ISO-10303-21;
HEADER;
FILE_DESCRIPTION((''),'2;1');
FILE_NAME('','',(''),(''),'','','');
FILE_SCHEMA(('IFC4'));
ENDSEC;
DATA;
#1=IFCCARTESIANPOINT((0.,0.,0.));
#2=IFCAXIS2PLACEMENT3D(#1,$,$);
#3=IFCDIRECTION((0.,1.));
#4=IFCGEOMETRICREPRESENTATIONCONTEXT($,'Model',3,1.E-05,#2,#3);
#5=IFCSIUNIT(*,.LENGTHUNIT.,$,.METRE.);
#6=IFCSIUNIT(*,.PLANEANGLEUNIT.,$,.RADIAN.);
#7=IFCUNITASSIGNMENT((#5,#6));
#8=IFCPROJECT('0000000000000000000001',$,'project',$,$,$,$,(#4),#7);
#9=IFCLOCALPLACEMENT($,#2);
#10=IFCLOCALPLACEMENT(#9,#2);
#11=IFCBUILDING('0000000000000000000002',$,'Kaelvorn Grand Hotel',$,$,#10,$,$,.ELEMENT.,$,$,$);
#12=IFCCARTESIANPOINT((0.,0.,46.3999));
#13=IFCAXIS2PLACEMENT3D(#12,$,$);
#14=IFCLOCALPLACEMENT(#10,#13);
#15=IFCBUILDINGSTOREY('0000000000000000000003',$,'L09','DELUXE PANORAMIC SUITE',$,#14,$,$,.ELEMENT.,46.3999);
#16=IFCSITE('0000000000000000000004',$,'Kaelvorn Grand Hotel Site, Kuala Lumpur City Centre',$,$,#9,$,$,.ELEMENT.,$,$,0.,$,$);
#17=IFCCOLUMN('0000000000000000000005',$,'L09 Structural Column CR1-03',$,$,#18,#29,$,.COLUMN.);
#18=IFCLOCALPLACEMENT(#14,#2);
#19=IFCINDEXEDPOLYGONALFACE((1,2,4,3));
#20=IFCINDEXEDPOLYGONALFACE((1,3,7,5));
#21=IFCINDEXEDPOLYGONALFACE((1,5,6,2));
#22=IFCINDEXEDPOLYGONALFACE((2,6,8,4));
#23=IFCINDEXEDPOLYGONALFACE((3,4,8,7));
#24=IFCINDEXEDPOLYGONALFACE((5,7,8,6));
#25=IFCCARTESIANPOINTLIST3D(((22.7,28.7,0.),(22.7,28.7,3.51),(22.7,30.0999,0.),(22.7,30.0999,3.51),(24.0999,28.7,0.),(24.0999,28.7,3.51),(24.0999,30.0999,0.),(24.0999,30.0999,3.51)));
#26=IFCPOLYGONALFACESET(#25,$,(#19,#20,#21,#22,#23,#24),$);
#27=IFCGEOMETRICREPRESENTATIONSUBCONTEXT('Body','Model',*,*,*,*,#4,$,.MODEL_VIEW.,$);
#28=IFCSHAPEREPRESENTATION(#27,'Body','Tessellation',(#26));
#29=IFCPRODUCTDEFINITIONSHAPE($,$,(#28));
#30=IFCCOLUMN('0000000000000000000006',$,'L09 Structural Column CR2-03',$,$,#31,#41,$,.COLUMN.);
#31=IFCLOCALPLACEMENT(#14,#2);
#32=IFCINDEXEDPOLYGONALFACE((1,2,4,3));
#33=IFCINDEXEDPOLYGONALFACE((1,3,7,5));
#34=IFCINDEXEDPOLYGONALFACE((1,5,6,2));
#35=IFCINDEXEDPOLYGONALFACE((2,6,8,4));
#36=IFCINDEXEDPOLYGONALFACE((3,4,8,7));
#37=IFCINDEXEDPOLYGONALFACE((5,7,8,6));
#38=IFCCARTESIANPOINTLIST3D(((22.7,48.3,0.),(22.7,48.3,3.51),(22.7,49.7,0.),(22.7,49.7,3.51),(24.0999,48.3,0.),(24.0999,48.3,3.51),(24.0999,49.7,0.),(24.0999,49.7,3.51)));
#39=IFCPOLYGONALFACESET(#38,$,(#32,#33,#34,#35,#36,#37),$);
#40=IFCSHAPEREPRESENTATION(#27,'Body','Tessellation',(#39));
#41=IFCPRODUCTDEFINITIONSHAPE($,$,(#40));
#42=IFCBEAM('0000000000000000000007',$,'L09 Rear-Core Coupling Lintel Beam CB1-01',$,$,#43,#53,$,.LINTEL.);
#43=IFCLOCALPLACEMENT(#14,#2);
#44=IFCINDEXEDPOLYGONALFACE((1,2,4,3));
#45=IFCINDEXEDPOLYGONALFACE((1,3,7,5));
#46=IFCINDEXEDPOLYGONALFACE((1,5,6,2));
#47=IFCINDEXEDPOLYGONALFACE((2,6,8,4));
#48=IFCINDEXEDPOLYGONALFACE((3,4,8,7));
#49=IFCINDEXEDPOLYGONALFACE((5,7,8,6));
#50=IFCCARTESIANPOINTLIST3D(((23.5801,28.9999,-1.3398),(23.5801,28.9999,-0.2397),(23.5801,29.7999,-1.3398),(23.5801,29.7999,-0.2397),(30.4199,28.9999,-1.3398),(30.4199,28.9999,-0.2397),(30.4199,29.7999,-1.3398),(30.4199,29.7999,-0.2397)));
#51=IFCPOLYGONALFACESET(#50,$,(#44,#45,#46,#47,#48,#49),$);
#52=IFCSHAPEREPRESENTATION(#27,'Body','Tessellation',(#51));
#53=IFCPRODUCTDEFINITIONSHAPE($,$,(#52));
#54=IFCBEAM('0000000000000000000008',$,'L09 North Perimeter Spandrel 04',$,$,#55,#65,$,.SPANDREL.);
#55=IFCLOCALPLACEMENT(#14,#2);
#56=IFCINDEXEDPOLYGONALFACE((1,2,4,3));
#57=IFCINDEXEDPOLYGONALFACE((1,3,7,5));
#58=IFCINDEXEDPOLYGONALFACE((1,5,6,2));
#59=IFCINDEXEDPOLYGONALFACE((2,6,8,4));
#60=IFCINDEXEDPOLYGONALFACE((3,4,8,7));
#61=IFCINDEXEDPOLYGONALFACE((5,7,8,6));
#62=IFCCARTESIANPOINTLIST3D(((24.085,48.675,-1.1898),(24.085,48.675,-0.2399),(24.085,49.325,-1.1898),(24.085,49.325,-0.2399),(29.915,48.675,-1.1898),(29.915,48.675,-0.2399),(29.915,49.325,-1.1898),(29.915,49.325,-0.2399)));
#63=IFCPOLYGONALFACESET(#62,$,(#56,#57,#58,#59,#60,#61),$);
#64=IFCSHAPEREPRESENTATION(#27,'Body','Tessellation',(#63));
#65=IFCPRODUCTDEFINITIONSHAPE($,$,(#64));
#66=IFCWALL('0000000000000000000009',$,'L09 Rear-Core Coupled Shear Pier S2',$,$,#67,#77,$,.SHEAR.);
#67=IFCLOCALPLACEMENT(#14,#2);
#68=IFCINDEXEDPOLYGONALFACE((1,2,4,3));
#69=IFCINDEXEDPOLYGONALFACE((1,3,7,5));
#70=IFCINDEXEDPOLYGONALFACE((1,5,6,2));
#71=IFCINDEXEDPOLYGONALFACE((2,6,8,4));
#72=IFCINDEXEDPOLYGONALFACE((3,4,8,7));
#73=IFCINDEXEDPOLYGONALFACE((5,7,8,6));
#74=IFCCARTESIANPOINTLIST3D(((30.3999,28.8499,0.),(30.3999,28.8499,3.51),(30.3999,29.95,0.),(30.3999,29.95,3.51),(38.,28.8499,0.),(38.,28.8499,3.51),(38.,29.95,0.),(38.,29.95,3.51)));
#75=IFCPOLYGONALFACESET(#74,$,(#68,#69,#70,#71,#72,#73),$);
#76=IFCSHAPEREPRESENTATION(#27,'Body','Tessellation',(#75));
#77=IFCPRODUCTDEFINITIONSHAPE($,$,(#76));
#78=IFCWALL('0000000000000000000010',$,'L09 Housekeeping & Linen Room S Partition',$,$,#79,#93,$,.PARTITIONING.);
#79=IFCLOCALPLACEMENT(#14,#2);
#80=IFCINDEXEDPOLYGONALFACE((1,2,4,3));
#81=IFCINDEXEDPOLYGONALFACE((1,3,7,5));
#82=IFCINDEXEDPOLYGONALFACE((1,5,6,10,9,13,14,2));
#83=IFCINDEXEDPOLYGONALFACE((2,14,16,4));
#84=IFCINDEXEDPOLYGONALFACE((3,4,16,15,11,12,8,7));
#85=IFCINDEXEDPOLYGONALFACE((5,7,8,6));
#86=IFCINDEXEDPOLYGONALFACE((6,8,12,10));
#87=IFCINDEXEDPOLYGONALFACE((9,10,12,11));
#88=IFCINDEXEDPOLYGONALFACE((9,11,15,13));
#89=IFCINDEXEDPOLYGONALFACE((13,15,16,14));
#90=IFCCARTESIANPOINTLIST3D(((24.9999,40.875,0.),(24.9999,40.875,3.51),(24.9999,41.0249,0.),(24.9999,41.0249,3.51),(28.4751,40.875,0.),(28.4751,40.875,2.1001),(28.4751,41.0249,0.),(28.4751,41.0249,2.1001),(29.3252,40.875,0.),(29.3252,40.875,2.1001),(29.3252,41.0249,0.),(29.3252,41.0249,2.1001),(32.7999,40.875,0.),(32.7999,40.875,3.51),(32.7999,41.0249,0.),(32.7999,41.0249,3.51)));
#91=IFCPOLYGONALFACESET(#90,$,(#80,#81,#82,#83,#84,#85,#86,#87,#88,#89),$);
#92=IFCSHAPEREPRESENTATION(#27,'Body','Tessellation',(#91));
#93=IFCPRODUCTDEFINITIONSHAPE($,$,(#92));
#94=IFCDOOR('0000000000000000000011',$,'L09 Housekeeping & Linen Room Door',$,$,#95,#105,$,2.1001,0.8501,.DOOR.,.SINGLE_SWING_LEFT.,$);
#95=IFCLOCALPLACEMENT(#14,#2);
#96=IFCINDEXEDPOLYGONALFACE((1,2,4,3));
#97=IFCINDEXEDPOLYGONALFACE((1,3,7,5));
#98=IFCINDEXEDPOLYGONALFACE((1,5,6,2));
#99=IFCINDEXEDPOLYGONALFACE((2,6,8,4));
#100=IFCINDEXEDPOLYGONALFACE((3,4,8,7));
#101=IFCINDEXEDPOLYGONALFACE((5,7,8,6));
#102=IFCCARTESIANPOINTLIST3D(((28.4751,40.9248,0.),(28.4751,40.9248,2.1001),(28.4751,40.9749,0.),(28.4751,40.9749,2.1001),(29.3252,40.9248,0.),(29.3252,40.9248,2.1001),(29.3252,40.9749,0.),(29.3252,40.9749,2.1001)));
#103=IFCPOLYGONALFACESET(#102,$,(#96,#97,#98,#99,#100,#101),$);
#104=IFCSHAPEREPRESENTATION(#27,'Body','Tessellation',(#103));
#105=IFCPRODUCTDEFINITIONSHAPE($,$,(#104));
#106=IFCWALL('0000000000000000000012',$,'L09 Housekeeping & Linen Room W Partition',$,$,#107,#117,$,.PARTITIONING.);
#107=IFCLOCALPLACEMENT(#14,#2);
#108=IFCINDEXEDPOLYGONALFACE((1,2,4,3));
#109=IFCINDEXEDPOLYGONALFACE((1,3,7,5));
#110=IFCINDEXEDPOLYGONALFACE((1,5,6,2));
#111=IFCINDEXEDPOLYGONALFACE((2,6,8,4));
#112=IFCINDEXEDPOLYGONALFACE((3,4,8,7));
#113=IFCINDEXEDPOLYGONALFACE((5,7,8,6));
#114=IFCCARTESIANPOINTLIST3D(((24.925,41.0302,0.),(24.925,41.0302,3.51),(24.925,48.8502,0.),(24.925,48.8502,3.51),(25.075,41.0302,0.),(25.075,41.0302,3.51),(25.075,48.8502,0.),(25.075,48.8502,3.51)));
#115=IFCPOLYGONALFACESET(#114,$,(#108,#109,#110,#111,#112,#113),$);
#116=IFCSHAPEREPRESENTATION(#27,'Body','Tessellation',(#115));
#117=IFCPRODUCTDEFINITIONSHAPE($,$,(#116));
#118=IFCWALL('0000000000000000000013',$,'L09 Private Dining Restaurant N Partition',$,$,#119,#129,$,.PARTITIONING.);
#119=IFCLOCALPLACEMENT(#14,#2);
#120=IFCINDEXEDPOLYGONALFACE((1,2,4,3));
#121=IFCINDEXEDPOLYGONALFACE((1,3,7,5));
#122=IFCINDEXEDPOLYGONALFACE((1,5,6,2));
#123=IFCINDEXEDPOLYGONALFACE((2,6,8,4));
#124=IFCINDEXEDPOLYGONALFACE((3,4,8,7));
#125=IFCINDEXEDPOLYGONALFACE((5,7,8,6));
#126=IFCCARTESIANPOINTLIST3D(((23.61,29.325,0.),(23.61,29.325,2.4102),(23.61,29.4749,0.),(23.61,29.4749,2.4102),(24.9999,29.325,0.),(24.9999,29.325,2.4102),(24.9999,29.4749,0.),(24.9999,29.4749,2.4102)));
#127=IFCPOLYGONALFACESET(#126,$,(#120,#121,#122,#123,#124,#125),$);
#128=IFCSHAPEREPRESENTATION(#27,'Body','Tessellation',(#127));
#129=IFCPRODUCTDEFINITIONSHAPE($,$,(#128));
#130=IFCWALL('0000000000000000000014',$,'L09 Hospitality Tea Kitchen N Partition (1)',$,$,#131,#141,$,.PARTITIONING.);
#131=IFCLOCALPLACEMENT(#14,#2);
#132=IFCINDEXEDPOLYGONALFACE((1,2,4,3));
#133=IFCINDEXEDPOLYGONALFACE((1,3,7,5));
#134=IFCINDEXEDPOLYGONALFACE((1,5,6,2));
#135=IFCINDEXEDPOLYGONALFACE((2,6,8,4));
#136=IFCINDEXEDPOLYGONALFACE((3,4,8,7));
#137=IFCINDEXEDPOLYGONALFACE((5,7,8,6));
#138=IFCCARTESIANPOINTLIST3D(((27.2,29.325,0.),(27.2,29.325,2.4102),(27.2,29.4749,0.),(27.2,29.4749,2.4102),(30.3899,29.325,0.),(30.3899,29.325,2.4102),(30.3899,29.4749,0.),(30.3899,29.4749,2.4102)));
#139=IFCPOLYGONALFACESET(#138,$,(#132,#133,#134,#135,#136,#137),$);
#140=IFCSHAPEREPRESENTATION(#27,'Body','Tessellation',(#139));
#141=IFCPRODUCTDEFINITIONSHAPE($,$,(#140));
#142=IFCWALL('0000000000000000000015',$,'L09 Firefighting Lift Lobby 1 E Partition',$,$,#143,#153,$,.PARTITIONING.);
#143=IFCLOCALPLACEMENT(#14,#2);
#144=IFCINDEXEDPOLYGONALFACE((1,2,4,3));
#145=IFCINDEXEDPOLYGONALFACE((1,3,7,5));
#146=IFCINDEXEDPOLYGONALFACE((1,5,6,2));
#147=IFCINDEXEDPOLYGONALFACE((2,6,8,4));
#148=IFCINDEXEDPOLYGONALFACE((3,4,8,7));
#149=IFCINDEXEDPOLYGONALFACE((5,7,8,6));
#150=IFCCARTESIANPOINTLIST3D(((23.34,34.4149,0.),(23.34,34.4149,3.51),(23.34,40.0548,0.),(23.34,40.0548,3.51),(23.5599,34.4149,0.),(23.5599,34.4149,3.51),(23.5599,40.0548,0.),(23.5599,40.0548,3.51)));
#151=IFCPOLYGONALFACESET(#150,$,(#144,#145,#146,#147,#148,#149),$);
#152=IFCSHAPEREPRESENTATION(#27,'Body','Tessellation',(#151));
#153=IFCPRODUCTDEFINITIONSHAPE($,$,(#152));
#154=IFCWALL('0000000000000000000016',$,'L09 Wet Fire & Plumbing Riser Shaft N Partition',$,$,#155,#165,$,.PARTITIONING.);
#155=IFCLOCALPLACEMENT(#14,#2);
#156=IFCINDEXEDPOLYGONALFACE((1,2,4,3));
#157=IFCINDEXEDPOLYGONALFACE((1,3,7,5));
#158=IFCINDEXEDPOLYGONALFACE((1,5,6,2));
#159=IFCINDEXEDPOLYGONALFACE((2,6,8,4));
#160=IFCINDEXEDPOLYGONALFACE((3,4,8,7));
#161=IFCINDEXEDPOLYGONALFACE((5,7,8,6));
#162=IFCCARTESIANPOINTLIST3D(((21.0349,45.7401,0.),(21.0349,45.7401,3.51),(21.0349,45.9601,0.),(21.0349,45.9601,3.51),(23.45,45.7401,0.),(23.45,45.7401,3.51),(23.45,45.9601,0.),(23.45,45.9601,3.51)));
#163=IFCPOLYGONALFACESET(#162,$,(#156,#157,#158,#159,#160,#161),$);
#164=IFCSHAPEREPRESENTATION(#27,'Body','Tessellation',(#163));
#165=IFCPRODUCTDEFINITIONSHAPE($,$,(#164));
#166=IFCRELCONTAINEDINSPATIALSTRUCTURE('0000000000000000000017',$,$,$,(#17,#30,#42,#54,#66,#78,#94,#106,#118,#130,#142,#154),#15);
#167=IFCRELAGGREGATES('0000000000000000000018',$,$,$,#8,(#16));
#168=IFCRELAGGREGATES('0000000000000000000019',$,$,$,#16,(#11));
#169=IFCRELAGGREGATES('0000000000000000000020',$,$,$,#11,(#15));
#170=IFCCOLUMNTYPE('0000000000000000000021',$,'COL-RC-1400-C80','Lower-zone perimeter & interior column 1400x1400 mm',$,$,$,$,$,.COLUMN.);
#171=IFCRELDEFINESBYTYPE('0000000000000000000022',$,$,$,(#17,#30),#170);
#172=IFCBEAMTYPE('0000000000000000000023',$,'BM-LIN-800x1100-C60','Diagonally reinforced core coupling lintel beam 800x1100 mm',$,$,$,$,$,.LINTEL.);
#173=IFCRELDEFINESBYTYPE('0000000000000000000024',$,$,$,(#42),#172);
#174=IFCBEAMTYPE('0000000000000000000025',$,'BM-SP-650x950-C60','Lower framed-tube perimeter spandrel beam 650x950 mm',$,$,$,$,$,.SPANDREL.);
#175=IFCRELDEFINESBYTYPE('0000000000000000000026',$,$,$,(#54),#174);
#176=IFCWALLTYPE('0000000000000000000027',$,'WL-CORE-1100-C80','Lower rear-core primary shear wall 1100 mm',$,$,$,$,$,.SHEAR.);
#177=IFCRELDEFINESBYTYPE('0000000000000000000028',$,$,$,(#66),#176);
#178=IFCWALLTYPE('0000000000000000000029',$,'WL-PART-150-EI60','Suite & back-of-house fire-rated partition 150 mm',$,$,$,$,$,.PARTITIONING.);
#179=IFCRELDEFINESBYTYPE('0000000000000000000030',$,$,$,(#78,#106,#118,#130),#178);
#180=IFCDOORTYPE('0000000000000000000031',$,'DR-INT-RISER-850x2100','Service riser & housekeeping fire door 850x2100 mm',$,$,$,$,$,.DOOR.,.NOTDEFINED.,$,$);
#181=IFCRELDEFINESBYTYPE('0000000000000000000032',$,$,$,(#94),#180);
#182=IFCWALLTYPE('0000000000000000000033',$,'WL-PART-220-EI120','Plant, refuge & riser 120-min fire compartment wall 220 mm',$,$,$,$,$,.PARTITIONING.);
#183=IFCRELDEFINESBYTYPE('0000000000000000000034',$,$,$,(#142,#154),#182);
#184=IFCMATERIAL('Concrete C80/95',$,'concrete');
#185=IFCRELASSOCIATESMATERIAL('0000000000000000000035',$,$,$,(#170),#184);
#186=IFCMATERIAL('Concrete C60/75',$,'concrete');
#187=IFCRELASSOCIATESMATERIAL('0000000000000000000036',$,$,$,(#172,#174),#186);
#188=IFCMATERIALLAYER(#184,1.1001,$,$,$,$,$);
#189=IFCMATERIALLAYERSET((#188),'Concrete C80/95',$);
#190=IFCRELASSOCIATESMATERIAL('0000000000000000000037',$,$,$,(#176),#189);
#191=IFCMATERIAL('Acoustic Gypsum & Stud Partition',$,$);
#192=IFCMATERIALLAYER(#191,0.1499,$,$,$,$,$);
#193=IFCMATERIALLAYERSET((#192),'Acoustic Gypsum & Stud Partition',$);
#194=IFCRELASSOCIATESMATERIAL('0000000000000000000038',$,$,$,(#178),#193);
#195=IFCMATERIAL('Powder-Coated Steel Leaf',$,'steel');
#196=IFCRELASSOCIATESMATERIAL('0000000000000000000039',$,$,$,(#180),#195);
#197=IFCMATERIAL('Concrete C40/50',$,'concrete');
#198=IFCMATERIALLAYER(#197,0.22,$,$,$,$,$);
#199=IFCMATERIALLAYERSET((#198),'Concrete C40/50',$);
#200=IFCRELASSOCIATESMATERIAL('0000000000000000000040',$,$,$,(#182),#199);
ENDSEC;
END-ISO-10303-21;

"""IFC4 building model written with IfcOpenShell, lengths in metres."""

from ifc_helpers import new_model, si_unit, direction, frame, frame_2d, origin, origin_2d, place, context, subcontext, project, spatial, rectangle, extrude, material, layer, layer_set, material_profile, profile_set, type_object, element, fill, save


model = new_model("IFC4")

# Units and contexts
model_context = context("Model", 3, precision=1e-05, world=origin(), true_north=direction((0.0, 1.0)))
body_context = subcontext(model_context, "Body", "Model", "MODEL_VIEW")
ifc_project = project(units=[si_unit("LENGTHUNIT", "METRE"), si_unit("PLANEANGLEUNIT", "RADIAN")], contexts=[model_context])

# Site, building, storey
site_placement = place(None, origin())
site = spatial("IfcSite", under=ifc_project, at=site_placement, Name="Kaelvorn Grand Hotel Site, Kuala Lumpur City Centre", CompositionType="ELEMENT", RefElevation=0.0)
building_placement = place(site_placement, origin())
building = spatial("IfcBuilding", under=site, at=building_placement, Name="Kaelvorn Grand Hotel", CompositionType="ELEMENT")
storey_placement = place(building_placement, frame((0.0, 0.0, 46.3999)))
storey = spatial("IfcBuildingStorey", under=building, at=storey_placement, Name="L09", Description="DELUXE PANORAMIC SUITE", CompositionType="ELEMENT", Elevation=46.3999)

# Columns
ifc_material_1 = material(Name="Concrete C80/95", Category="concrete")
ifc_material_profile_1 = material_profile(ifc_material_1, rectangle(XDim=1.3999, YDim=1.3999, at=origin_2d()), Name="RC COL 1400x1400")
ifc_profile_set_1 = profile_set([ifc_material_profile_1], Name="Concrete C80/95")
column_type = type_object("IfcColumnType", Name="COL-RC-1400-C80", Description="Lower-zone perimeter & interior column 1400x1400 mm", PredefinedType="COLUMN", material=ifc_profile_set_1)
for number, where, z_axis, x_axis, name in (
    (1, (23.3999, 29.3999, 0.0), (0.0, 0.0, 1.0), (1.0, 0.0, 0.0), "L09 Structural Column CR1-03"),
    (2, (23.3999, 49.0, 0.0), (0.0, 0.0, 1.0), (1.0, 0.0, 0.0), "L09 Structural Column CR2-03"),
):
    element("IfcColumn", number, at=place(storey_placement, frame(where, z_axis=z_axis, x_axis=x_axis)), inside=storey, type_object=column_type, Name=name, PredefinedType="COLUMN", context=body_context, shape_type="SweptSolid", body=[
        extrude(rectangle(XDim=1.3999, YDim=1.3999, at=origin_2d()), origin(), (0.0, 0.0, 1.0), 3.51),
    ])

# Beams
ifc_material_2 = material(Name="Concrete C60/75", Category="concrete")
ifc_material_profile_2 = material_profile(ifc_material_2, rectangle(XDim=0.8, YDim=1.1001, at=origin_2d()), Name="RC LINTEL 800x1100")
ifc_profile_set_2 = profile_set([ifc_material_profile_2], Name="Concrete C60/75")
beam_type_1 = type_object("IfcBeamType", Name="BM-LIN-800x1100-C60", Description="Diagonally reinforced core coupling lintel beam 800x1100 mm", PredefinedType="LINTEL", material=ifc_profile_set_2)
beam_1_placement = place(storey_placement, frame((23.5801, 29.3999, -0.7898), z_axis=(1.0, 0.0, 0.0), x_axis=(0.0, 1.0, 0.0)))
element("IfcBeam", 3, at=beam_1_placement, inside=storey, type_object=beam_type_1, Name="L09 Rear-Core Coupling Lintel Beam CB1-01", PredefinedType="LINTEL", context=body_context, shape_type="SweptSolid", body=[
    extrude(rectangle(XDim=0.8, YDim=1.1001, at=origin_2d()), origin(), (0.0, 0.0, 1.0), 6.8398),
])
ifc_material_profile_3 = material_profile(ifc_material_2, rectangle(XDim=0.6499, YDim=0.95, at=origin_2d()), Name="RC SPANDREL 650x950")
ifc_profile_set_3 = profile_set([ifc_material_profile_3], Name="Concrete C60/75")
beam_type_2 = type_object("IfcBeamType", Name="BM-SP-650x950-C60", Description="Lower framed-tube perimeter spandrel beam 650x950 mm", PredefinedType="SPANDREL", material=ifc_profile_set_3)
beam_2_placement = place(storey_placement, frame((24.085, 49.0, -0.7148), z_axis=(1.0, 0.0, 0.0), x_axis=(0.0, 1.0, 0.0)))
element("IfcBeam", 4, at=beam_2_placement, inside=storey, type_object=beam_type_2, Name="L09 North Perimeter Spandrel 04", PredefinedType="SPANDREL", context=body_context, shape_type="SweptSolid", body=[
    extrude(rectangle(XDim=0.6499, YDim=0.95, at=origin_2d()), origin(), (0.0, 0.0, 1.0), 5.8301),
])

# Wall
ifc_layer_1 = layer(ifc_material_1, 1.1001)
ifc_layer_set_1 = layer_set([ifc_layer_1], Name="Concrete C80/95")
wall_type_1 = type_object("IfcWallType", Name="WL-CORE-1100-C80", Description="Lower rear-core primary shear wall 1100 mm", PredefinedType="SHEAR", material=ifc_layer_set_1)
wall_1_placement = place(storey_placement, frame((30.3999, 29.3999, 0.0), z_axis=(0.0, 0.0, 1.0), x_axis=(1.0, 0.0, 0.0)))
element("IfcWall", 5, at=wall_1_placement, inside=storey, type_object=wall_type_1, Name="L09 Rear-Core Coupled Shear Pier S2", PredefinedType="SHEAR", context=body_context, shape_type="SweptSolid", body=[
    extrude(rectangle(XDim=7.6001, YDim=1.1001, at=frame_2d((3.8, 0.0))), origin(), (0.0, 0.0, 1.0), 3.51),
])

# Wall, opening, door
ifc_material_3 = material(Name="Acoustic Gypsum & Stud Partition")
ifc_layer_2 = layer(ifc_material_3, 0.1499)
ifc_layer_set_2 = layer_set([ifc_layer_2], Name="Acoustic Gypsum & Stud Partition")
wall_type_2 = type_object("IfcWallType", Name="WL-PART-150-EI60", Description="Suite & back-of-house fire-rated partition 150 mm", PredefinedType="PARTITIONING", material=ifc_layer_set_2)
wall_2_placement = place(storey_placement, frame((25.0, 40.95, 0.0), z_axis=(0.0, 0.0, 1.0), x_axis=(1.0, 0.0, 0.0)))
wall_2 = element("IfcWall", 6, at=wall_2_placement, inside=storey, type_object=wall_type_2, Name="L09 Housekeeping & Linen Room S Partition", PredefinedType="PARTITIONING", context=body_context, shape_type="SweptSolid", body=[
    extrude(rectangle(XDim=7.8, YDim=0.1499, at=frame_2d((3.8999, 0.0))), origin(), (0.0, 0.0, 1.0), 3.51),
])
opening_1_placement = place(wall_2_placement, frame((3.4751, 0.0, 0.0)))
opening_1 = element("IfcOpeningElement", 7, at=opening_1_placement, cuts=wall_2, PredefinedType="OPENING", context=body_context, shape_type="SweptSolid", body=[
    extrude(rectangle(XDim=0.8501, YDim=2.1001, at=frame_2d((0.425, 1.05))), frame((0.0, 0.085, 0.0), z_axis=(0.0, -1.0, 0.0), x_axis=(1.0, 0.0, 0.0)), (0.0, 0.0, 1.0), 0.1699),
])
ifc_material_4 = material(Name="Powder-Coated Steel Leaf", Category="steel")
door_type_1 = type_object("IfcDoorType", Name="DR-INT-RISER-850x2100", Description="Service riser & housekeeping fire door 850x2100 mm", OperationType="NOTDEFINED", PredefinedType="DOOR", material=ifc_material_4)
door_1_placement = place(opening_1_placement, origin())
door_1 = element("IfcDoor", 8, at=door_1_placement, inside=storey, type_object=door_type_1, Name="L09 Housekeeping & Linen Room Door", OperationType="SINGLE_SWING_LEFT", OverallHeight=2.1001, OverallWidth=0.8501, PredefinedType="DOOR", context=body_context, shape_type="SweptSolid", body=[
    extrude(rectangle(XDim=0.8501, YDim=2.1001, at=frame_2d((0.425, 1.05))), frame((0.0, 0.0249, 0.0), z_axis=(0.0, -1.0, 0.0), x_axis=(1.0, 0.0, 0.0)), (0.0, 0.0, 1.0), 0.05),
])
fill(opening_1, door_1)

# Walls
wall_3_placement = place(storey_placement, frame((25.0, 41.03, 0.0), z_axis=(0.0, 0.0, 1.0), x_axis=(0.0, 1.0, 0.0)))
element("IfcWall", 9, at=wall_3_placement, inside=storey, type_object=wall_type_2, Name="L09 Housekeeping & Linen Room W Partition", PredefinedType="PARTITIONING", context=body_context, shape_type="SweptSolid", body=[
    extrude(rectangle(XDim=7.8201, YDim=0.1499, at=frame_2d((3.9102, 0.0))), origin(), (0.0, 0.0, 1.0), 3.51),
])
wall_4_placement = place(storey_placement, frame((23.6101, 29.3999, 0.0), z_axis=(0.0, 0.0, 1.0), x_axis=(1.0, 0.0, 0.0)))
element("IfcWall", 10, at=wall_4_placement, inside=storey, type_object=wall_type_2, Name="L09 Private Dining Restaurant N Partition", PredefinedType="PARTITIONING", context=body_context, shape_type="SweptSolid", body=[
    extrude(rectangle(XDim=1.3899, YDim=0.1499, at=frame_2d((0.6948, 0.0))), origin(), (0.0, 0.0, 1.0), 2.4102),
])
wall_5_placement = place(storey_placement, frame((27.2, 29.3999, 0.0), z_axis=(0.0, 0.0, 1.0), x_axis=(1.0, 0.0, 0.0)))
element("IfcWall", 11, at=wall_5_placement, inside=storey, type_object=wall_type_2, Name="L09 Hospitality Tea Kitchen N Partition (1)", PredefinedType="PARTITIONING", context=body_context, shape_type="SweptSolid", body=[
    extrude(rectangle(XDim=3.1899, YDim=0.1499, at=frame_2d((1.595, 0.0))), origin(), (0.0, 0.0, 1.0), 2.4102),
])
ifc_material_5 = material(Name="Concrete C40/50", Category="concrete")
ifc_layer_3 = layer(ifc_material_5, 0.22)
ifc_layer_set_3 = layer_set([ifc_layer_3], Name="Concrete C40/50")
wall_type_3 = type_object("IfcWallType", Name="WL-PART-220-EI120", Description="Plant, refuge & riser 120-min fire compartment wall 220 mm", PredefinedType="PARTITIONING", material=ifc_layer_set_3)
wall_6_placement = place(storey_placement, frame((23.45, 34.415, 0.0), z_axis=(0.0, 0.0, 1.0), x_axis=(0.0, 1.0, 0.0)))
element("IfcWall", 12, at=wall_6_placement, inside=storey, type_object=wall_type_3, Name="L09 Firefighting Lift Lobby 1 E Partition", PredefinedType="PARTITIONING", context=body_context, shape_type="SweptSolid", body=[
    extrude(rectangle(XDim=5.6399, YDim=0.22, at=frame_2d((2.8198, 0.0))), origin(), (0.0, 0.0, 1.0), 3.51),
])
wall_7_placement = place(storey_placement, frame((21.0349, 45.8501, 0.0), z_axis=(0.0, 0.0, 1.0), x_axis=(1.0, 0.0, 0.0)))
element("IfcWall", 13, at=wall_7_placement, inside=storey, type_object=wall_type_3, Name="L09 Wet Fire & Plumbing Riser Shaft N Partition", PredefinedType="PARTITIONING", context=body_context, shape_type="SweptSolid", body=[
    extrude(rectangle(XDim=2.415, YDim=0.22, at=frame_2d((1.2075, 0.0))), origin(), (0.0, 0.0, 1.0), 3.51),
])

save(model, "model.ifc")
